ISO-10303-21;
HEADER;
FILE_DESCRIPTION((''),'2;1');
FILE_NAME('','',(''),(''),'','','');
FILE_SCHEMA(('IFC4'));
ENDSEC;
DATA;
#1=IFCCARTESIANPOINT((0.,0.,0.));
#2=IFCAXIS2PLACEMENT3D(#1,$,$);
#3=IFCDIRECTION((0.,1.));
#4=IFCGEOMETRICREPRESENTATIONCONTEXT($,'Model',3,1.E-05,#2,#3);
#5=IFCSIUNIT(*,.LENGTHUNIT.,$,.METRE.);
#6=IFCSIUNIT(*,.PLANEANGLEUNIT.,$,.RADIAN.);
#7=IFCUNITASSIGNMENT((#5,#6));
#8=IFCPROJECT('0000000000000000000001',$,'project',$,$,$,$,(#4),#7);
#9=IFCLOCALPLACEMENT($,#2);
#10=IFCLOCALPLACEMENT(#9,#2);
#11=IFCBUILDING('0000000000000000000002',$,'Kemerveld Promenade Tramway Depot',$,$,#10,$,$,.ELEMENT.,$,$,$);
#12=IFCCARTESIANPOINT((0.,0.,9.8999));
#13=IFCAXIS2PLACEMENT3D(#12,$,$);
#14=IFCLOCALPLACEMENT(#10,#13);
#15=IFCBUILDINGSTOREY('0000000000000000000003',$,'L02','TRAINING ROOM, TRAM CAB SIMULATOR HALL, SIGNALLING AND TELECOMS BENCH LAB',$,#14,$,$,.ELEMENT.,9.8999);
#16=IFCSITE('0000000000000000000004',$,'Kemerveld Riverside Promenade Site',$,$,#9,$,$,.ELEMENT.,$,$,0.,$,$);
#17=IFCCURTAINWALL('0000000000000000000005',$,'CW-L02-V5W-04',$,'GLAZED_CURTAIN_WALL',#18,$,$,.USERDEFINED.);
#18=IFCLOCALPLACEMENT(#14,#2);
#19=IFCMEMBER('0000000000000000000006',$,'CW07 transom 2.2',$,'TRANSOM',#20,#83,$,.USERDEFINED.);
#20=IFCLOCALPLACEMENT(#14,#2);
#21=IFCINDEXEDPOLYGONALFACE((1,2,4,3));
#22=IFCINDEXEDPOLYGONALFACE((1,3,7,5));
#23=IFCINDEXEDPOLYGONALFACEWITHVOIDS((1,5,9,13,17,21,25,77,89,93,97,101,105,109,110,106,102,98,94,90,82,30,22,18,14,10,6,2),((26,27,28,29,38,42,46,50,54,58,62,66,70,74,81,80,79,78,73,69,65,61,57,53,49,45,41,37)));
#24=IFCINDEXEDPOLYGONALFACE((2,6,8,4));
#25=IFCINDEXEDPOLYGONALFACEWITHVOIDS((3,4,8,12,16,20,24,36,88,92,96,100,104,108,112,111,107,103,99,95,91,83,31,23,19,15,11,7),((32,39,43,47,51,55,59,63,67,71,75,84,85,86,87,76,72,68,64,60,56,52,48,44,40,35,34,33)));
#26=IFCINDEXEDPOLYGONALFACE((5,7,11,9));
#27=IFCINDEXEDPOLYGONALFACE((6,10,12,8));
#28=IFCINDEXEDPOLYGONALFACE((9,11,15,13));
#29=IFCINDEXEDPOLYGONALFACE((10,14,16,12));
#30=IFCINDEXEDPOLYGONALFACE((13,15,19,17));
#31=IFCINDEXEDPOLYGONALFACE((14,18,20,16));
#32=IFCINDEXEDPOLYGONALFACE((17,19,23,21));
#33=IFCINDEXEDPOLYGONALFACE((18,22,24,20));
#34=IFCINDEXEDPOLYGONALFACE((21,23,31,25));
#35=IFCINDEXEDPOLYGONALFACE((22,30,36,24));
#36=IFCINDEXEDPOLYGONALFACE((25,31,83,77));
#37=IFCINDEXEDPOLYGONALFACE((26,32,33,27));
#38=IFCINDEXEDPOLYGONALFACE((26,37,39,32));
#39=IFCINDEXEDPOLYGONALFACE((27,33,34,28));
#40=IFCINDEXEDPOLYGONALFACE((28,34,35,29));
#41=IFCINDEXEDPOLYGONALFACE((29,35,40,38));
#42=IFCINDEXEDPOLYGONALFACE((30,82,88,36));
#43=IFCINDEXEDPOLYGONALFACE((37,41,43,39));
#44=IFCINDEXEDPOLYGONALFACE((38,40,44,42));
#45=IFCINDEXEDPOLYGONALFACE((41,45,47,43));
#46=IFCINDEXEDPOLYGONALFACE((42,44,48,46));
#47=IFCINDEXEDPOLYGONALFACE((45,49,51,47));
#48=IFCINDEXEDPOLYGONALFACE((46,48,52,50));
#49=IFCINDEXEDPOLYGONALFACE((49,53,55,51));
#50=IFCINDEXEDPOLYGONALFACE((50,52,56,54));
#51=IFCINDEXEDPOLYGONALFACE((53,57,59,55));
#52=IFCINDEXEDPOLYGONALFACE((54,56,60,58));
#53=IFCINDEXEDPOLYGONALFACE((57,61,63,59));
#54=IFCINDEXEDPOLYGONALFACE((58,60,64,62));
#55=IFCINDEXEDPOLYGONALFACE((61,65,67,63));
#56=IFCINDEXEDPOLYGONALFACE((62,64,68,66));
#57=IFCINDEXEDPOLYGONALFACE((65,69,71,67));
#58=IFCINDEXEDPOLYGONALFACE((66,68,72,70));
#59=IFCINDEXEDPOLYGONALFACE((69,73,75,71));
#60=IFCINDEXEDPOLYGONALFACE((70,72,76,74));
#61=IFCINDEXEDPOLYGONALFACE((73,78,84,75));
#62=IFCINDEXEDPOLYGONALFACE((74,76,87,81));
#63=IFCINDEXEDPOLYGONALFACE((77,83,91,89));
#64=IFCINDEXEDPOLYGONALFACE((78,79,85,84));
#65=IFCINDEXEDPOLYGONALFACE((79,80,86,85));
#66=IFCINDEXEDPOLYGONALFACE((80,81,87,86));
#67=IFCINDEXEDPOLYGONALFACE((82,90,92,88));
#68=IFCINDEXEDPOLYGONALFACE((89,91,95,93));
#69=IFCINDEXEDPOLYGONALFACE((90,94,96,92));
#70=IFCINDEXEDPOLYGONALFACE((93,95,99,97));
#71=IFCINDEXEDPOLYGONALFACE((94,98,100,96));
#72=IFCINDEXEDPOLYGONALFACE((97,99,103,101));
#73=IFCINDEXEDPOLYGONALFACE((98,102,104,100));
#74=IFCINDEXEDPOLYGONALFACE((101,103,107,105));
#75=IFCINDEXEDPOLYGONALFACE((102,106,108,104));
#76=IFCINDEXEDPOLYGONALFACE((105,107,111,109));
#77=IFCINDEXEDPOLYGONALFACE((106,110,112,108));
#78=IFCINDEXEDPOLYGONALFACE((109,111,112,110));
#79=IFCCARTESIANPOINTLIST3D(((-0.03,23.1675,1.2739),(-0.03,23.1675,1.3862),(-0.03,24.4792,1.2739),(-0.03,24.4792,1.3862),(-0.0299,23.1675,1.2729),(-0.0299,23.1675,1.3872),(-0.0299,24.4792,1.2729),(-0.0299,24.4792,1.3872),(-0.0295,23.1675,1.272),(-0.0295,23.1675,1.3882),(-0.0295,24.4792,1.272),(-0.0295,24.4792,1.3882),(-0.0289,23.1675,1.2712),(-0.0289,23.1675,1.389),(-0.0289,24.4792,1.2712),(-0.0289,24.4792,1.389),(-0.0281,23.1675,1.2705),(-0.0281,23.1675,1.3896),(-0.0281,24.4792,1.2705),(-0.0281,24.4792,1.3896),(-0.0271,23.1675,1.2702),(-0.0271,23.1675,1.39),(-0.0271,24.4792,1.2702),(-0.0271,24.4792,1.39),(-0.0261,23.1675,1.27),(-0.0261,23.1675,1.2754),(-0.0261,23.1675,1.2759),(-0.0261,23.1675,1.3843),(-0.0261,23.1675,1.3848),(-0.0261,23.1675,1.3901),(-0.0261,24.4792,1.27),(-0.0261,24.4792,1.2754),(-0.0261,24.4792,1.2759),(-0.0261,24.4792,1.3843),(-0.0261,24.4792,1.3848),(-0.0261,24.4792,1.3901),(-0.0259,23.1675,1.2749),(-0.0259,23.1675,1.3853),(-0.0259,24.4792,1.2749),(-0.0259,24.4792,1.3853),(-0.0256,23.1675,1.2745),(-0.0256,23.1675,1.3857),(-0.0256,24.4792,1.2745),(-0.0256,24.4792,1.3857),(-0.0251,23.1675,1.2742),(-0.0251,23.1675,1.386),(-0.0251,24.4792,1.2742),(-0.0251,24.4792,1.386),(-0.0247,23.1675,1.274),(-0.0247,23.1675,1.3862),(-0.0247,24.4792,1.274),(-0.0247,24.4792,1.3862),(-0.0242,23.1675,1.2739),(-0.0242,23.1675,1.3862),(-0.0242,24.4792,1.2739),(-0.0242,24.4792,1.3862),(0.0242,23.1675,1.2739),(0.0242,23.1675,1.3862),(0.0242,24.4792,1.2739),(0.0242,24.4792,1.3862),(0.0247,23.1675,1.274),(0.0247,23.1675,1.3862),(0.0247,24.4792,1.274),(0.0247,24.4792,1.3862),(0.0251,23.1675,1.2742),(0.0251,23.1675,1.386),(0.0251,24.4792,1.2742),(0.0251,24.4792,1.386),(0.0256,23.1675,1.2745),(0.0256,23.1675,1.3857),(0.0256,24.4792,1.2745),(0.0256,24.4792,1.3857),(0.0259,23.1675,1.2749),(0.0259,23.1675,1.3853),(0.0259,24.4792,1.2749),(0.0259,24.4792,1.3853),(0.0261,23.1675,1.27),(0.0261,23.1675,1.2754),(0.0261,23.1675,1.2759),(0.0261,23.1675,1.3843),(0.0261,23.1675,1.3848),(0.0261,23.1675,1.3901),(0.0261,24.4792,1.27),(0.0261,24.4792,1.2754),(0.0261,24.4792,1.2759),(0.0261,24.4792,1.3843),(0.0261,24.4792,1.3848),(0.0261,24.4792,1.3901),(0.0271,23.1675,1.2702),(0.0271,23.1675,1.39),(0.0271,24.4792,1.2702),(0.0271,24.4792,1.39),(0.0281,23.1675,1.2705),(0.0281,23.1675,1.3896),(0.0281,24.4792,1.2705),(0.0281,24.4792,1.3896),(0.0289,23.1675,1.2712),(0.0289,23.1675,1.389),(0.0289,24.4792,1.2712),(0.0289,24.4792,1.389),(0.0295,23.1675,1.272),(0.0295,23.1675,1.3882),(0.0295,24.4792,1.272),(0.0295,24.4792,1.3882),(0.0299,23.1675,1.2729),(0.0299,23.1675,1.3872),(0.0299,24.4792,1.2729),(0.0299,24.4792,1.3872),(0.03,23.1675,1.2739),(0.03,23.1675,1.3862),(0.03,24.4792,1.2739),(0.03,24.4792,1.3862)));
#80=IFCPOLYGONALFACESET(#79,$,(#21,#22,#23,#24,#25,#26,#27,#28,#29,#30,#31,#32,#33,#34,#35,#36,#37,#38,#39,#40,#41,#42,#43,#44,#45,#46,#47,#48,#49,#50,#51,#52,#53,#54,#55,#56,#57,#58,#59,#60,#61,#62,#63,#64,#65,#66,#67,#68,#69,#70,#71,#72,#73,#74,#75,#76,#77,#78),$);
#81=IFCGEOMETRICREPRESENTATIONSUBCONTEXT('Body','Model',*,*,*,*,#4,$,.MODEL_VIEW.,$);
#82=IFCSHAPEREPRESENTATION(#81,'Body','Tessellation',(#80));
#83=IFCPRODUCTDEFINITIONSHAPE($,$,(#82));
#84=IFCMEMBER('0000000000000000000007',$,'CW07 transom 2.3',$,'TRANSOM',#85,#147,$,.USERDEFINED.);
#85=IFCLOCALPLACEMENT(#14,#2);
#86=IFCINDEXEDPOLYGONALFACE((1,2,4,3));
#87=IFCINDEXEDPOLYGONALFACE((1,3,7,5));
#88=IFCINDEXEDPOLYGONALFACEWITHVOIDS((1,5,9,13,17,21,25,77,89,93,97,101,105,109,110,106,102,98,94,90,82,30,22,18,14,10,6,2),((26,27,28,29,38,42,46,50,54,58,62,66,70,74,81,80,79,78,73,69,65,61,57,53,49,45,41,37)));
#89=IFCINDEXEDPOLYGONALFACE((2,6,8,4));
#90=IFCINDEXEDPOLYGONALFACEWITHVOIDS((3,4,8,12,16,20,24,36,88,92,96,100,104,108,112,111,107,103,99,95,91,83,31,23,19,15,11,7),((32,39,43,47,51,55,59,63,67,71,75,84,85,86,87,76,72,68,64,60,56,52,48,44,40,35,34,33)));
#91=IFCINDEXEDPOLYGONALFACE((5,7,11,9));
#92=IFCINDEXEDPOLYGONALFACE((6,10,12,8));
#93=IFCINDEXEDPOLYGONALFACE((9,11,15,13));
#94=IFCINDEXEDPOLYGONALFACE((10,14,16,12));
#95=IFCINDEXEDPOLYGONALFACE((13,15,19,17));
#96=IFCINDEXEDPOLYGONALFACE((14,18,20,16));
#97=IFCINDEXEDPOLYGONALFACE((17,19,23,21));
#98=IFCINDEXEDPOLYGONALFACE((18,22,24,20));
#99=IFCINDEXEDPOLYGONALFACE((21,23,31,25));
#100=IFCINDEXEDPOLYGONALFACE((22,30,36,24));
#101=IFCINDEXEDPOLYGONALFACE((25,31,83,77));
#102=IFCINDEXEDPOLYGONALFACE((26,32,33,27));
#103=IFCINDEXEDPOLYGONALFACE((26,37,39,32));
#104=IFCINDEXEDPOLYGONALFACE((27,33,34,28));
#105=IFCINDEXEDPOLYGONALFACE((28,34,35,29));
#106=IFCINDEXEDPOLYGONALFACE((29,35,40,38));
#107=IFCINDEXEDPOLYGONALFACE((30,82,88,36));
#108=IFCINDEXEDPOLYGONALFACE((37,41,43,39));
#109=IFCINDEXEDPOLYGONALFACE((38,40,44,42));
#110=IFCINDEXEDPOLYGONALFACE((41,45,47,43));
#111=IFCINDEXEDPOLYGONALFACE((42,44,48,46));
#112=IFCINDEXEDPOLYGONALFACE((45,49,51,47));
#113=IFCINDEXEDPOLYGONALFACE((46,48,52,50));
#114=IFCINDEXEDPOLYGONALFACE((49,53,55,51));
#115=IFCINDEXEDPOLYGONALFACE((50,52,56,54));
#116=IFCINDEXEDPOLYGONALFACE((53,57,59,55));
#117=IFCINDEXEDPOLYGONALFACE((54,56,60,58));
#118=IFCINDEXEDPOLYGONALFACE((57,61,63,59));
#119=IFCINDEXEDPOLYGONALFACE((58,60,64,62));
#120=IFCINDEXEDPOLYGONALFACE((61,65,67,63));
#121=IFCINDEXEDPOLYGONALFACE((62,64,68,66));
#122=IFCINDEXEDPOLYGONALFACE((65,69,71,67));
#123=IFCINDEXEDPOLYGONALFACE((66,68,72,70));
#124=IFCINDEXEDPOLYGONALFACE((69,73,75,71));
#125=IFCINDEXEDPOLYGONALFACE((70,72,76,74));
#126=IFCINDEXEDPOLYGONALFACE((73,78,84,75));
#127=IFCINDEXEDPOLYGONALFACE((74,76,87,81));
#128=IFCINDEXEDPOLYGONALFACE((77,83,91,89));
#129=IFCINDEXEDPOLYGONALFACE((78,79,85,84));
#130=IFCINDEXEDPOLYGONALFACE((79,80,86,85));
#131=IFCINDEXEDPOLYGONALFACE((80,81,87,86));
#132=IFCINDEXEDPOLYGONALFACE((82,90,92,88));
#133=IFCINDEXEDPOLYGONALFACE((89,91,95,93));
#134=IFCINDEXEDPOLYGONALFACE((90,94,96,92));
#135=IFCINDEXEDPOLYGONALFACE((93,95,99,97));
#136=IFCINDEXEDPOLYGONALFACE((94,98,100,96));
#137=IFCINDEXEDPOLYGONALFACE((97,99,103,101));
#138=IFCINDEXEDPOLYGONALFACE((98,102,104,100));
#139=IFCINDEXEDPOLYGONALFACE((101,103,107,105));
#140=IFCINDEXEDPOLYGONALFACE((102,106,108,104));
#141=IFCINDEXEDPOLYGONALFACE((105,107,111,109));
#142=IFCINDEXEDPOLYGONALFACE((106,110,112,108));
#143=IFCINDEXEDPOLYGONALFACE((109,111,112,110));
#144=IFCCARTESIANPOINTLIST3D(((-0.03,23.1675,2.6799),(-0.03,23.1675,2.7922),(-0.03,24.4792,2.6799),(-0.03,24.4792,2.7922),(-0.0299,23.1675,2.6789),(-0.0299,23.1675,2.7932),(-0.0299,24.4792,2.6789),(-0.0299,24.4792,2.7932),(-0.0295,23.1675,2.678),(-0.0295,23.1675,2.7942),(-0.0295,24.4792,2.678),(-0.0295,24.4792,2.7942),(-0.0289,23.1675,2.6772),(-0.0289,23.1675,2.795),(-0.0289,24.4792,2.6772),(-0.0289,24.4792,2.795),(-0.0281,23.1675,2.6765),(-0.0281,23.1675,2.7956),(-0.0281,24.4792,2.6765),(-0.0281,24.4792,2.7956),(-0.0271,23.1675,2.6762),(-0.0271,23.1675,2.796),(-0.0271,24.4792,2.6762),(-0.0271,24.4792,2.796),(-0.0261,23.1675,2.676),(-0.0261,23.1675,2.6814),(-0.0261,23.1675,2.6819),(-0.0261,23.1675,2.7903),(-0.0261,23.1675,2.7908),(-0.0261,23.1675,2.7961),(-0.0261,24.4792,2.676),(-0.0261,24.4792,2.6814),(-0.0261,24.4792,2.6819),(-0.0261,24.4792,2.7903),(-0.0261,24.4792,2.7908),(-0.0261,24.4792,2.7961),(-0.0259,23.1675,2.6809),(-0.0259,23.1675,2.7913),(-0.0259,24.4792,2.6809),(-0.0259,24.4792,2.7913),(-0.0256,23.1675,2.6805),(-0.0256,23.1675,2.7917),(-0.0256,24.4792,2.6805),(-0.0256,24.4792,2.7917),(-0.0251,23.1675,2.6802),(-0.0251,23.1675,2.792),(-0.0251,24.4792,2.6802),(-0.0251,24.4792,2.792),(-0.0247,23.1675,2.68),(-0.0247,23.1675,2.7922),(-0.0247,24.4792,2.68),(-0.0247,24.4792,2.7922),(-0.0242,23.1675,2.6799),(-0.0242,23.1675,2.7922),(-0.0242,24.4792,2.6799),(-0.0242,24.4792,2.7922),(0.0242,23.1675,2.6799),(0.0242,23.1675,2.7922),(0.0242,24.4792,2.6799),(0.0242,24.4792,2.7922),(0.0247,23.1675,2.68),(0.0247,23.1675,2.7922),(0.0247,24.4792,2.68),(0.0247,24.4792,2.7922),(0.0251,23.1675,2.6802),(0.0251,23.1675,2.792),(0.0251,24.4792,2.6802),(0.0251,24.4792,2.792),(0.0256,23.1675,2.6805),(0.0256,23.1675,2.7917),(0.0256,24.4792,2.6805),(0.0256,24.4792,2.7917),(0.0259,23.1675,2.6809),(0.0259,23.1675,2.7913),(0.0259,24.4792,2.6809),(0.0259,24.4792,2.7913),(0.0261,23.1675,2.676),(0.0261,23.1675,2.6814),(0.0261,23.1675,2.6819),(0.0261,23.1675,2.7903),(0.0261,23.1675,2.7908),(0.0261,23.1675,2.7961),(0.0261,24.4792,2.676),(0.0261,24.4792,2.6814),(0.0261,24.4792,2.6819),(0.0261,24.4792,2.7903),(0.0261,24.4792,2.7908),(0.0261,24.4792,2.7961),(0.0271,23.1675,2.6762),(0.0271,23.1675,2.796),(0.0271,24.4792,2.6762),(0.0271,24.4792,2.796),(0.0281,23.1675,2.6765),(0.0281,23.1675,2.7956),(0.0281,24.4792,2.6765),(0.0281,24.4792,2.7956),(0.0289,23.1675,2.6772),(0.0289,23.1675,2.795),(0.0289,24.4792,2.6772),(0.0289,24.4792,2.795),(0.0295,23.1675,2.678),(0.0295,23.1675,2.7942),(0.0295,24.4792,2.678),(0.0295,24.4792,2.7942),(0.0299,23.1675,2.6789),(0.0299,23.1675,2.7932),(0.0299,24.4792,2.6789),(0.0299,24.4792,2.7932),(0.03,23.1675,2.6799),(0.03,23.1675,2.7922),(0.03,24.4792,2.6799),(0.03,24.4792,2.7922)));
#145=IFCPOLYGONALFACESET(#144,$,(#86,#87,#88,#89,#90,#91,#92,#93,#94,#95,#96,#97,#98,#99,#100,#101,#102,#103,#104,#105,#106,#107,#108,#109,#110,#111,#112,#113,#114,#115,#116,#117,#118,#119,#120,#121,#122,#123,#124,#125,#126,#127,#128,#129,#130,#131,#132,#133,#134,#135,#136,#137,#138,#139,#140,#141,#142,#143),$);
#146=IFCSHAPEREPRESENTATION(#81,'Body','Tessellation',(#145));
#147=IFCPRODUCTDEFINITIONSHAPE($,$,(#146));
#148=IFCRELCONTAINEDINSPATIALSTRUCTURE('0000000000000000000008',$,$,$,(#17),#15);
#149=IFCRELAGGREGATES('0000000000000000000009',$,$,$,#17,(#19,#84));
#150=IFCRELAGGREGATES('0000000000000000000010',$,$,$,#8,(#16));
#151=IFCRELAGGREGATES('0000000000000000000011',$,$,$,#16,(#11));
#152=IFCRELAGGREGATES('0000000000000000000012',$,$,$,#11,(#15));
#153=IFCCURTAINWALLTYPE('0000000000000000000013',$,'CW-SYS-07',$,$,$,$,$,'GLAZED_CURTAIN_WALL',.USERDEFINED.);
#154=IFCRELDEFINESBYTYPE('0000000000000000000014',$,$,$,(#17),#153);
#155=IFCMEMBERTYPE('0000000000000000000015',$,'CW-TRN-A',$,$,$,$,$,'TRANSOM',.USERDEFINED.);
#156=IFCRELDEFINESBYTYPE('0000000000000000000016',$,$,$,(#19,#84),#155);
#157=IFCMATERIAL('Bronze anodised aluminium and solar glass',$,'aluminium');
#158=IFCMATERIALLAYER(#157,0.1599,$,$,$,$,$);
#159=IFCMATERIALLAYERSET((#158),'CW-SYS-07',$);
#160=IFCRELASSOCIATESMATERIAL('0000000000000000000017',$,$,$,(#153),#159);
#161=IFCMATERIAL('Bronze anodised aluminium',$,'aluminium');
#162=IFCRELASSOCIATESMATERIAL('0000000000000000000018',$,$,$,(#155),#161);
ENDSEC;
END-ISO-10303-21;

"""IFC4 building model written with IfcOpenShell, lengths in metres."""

from ifc_helpers import new_model, si_unit, direction, frame, origin, origin_2d, place, context, subcontext, project, spatial, hollow_rectangle, extrude, material, layer, layer_set, material_profile, profile_set, type_object, element, aggregate, save


model = new_model("IFC4")

# Units and contexts
model_context = context("Model", 3, precision=1e-05, world=origin(), true_north=direction((0.0, 1.0)))
body_context = subcontext(model_context, "Body", "Model", "MODEL_VIEW")
ifc_project = project(units=[si_unit("LENGTHUNIT", "METRE"), si_unit("PLANEANGLEUNIT", "RADIAN")], contexts=[model_context])

# Site, building, storey
site_placement = place(None, origin())
site = spatial("IfcSite", under=ifc_project, at=site_placement, Name="Kemerveld Riverside Promenade Site", CompositionType="ELEMENT", RefElevation=0.0)
building_placement = place(site_placement, origin())
building = spatial("IfcBuilding", under=site, at=building_placement, Name="Kemerveld Promenade Tramway Depot", CompositionType="ELEMENT")
storey_placement = place(building_placement, frame((0.0, 0.0, 9.8999)))
storey = spatial("IfcBuildingStorey", under=building, at=storey_placement, Name="L02", Description="TRAINING ROOM, TRAM CAB SIMULATOR HALL, SIGNALLING AND TELECOMS BENCH LAB", CompositionType="ELEMENT", Elevation=9.8999)

# Curtain wall, members
ifc_material_1 = material(Name="Bronze anodised aluminium and solar glass", Category="aluminium")
ifc_layer_1 = layer(ifc_material_1, 0.1599)
ifc_layer_set_1 = layer_set([ifc_layer_1], Name="CW-SYS-07")
curtain_wall_type = type_object("IfcCurtainWallType", Name="CW-SYS-07", ElementType="GLAZED_CURTAIN_WALL", PredefinedType="USERDEFINED", material=ifc_layer_set_1)
curtain_wall_placement = place(storey_placement, origin())
curtain_wall = element("IfcCurtainWall", 1, at=curtain_wall_placement, inside=storey, type_object=curtain_wall_type, Name="CW-L02-V5W-04", ObjectType="GLAZED_CURTAIN_WALL", PredefinedType="USERDEFINED")
ifc_material_2 = material(Name="Bronze anodised aluminium", Category="aluminium")
ifc_material_profile_1 = material_profile(ifc_material_2, hollow_rectangle(XDim=0.0601, YDim=0.1201, WallThickness=0.0039, InnerFilletRadius=0.002, OuterFilletRadius=0.0039, at=origin_2d()), Name="CW-TRN-120x60")
ifc_profile_set_1 = profile_set([ifc_material_profile_1], Name="Bronze anodised aluminium")
member_type_1 = type_object("IfcMemberType", Name="CW-TRN-A", ElementType="TRANSOM", PredefinedType="USERDEFINED", material=ifc_profile_set_1)
member_1_placement = place(storey_placement, frame((0.0, 23.1675, 1.3301), z_axis=(0.0, 1.0, 0.0), x_axis=(-1.0, 0.0, 0.0)))
member_1 = element("IfcMember", 2, at=member_1_placement, type_object=member_type_1, Name="CW07 transom 2.2", ObjectType="TRANSOM", PredefinedType="USERDEFINED", context=body_context, shape_type="SweptSolid", body=[
    extrude(hollow_rectangle(XDim=0.0601, YDim=0.1201, WallThickness=0.0039, InnerFilletRadius=0.002, OuterFilletRadius=0.0039, at=origin_2d()), origin(), (0.0, 0.0, 1.0), 1.3118),
])
member_2_placement = place(storey_placement, frame((0.0, 23.1675, 2.7361), z_axis=(0.0, 1.0, 0.0), x_axis=(-1.0, 0.0, 0.0)))
member_2 = element("IfcMember", 3, at=member_2_placement, type_object=member_type_1, Name="CW07 transom 2.3", ObjectType="TRANSOM", PredefinedType="USERDEFINED", context=body_context, shape_type="SweptSolid", body=[
    extrude(hollow_rectangle(XDim=0.0601, YDim=0.1201, WallThickness=0.0039, InnerFilletRadius=0.002, OuterFilletRadius=0.0039, at=origin_2d()), origin(), (0.0, 0.0, 1.0), 1.3118),
])
aggregate(curtain_wall, [member_1, member_2])

save(model, "model.ifc")
